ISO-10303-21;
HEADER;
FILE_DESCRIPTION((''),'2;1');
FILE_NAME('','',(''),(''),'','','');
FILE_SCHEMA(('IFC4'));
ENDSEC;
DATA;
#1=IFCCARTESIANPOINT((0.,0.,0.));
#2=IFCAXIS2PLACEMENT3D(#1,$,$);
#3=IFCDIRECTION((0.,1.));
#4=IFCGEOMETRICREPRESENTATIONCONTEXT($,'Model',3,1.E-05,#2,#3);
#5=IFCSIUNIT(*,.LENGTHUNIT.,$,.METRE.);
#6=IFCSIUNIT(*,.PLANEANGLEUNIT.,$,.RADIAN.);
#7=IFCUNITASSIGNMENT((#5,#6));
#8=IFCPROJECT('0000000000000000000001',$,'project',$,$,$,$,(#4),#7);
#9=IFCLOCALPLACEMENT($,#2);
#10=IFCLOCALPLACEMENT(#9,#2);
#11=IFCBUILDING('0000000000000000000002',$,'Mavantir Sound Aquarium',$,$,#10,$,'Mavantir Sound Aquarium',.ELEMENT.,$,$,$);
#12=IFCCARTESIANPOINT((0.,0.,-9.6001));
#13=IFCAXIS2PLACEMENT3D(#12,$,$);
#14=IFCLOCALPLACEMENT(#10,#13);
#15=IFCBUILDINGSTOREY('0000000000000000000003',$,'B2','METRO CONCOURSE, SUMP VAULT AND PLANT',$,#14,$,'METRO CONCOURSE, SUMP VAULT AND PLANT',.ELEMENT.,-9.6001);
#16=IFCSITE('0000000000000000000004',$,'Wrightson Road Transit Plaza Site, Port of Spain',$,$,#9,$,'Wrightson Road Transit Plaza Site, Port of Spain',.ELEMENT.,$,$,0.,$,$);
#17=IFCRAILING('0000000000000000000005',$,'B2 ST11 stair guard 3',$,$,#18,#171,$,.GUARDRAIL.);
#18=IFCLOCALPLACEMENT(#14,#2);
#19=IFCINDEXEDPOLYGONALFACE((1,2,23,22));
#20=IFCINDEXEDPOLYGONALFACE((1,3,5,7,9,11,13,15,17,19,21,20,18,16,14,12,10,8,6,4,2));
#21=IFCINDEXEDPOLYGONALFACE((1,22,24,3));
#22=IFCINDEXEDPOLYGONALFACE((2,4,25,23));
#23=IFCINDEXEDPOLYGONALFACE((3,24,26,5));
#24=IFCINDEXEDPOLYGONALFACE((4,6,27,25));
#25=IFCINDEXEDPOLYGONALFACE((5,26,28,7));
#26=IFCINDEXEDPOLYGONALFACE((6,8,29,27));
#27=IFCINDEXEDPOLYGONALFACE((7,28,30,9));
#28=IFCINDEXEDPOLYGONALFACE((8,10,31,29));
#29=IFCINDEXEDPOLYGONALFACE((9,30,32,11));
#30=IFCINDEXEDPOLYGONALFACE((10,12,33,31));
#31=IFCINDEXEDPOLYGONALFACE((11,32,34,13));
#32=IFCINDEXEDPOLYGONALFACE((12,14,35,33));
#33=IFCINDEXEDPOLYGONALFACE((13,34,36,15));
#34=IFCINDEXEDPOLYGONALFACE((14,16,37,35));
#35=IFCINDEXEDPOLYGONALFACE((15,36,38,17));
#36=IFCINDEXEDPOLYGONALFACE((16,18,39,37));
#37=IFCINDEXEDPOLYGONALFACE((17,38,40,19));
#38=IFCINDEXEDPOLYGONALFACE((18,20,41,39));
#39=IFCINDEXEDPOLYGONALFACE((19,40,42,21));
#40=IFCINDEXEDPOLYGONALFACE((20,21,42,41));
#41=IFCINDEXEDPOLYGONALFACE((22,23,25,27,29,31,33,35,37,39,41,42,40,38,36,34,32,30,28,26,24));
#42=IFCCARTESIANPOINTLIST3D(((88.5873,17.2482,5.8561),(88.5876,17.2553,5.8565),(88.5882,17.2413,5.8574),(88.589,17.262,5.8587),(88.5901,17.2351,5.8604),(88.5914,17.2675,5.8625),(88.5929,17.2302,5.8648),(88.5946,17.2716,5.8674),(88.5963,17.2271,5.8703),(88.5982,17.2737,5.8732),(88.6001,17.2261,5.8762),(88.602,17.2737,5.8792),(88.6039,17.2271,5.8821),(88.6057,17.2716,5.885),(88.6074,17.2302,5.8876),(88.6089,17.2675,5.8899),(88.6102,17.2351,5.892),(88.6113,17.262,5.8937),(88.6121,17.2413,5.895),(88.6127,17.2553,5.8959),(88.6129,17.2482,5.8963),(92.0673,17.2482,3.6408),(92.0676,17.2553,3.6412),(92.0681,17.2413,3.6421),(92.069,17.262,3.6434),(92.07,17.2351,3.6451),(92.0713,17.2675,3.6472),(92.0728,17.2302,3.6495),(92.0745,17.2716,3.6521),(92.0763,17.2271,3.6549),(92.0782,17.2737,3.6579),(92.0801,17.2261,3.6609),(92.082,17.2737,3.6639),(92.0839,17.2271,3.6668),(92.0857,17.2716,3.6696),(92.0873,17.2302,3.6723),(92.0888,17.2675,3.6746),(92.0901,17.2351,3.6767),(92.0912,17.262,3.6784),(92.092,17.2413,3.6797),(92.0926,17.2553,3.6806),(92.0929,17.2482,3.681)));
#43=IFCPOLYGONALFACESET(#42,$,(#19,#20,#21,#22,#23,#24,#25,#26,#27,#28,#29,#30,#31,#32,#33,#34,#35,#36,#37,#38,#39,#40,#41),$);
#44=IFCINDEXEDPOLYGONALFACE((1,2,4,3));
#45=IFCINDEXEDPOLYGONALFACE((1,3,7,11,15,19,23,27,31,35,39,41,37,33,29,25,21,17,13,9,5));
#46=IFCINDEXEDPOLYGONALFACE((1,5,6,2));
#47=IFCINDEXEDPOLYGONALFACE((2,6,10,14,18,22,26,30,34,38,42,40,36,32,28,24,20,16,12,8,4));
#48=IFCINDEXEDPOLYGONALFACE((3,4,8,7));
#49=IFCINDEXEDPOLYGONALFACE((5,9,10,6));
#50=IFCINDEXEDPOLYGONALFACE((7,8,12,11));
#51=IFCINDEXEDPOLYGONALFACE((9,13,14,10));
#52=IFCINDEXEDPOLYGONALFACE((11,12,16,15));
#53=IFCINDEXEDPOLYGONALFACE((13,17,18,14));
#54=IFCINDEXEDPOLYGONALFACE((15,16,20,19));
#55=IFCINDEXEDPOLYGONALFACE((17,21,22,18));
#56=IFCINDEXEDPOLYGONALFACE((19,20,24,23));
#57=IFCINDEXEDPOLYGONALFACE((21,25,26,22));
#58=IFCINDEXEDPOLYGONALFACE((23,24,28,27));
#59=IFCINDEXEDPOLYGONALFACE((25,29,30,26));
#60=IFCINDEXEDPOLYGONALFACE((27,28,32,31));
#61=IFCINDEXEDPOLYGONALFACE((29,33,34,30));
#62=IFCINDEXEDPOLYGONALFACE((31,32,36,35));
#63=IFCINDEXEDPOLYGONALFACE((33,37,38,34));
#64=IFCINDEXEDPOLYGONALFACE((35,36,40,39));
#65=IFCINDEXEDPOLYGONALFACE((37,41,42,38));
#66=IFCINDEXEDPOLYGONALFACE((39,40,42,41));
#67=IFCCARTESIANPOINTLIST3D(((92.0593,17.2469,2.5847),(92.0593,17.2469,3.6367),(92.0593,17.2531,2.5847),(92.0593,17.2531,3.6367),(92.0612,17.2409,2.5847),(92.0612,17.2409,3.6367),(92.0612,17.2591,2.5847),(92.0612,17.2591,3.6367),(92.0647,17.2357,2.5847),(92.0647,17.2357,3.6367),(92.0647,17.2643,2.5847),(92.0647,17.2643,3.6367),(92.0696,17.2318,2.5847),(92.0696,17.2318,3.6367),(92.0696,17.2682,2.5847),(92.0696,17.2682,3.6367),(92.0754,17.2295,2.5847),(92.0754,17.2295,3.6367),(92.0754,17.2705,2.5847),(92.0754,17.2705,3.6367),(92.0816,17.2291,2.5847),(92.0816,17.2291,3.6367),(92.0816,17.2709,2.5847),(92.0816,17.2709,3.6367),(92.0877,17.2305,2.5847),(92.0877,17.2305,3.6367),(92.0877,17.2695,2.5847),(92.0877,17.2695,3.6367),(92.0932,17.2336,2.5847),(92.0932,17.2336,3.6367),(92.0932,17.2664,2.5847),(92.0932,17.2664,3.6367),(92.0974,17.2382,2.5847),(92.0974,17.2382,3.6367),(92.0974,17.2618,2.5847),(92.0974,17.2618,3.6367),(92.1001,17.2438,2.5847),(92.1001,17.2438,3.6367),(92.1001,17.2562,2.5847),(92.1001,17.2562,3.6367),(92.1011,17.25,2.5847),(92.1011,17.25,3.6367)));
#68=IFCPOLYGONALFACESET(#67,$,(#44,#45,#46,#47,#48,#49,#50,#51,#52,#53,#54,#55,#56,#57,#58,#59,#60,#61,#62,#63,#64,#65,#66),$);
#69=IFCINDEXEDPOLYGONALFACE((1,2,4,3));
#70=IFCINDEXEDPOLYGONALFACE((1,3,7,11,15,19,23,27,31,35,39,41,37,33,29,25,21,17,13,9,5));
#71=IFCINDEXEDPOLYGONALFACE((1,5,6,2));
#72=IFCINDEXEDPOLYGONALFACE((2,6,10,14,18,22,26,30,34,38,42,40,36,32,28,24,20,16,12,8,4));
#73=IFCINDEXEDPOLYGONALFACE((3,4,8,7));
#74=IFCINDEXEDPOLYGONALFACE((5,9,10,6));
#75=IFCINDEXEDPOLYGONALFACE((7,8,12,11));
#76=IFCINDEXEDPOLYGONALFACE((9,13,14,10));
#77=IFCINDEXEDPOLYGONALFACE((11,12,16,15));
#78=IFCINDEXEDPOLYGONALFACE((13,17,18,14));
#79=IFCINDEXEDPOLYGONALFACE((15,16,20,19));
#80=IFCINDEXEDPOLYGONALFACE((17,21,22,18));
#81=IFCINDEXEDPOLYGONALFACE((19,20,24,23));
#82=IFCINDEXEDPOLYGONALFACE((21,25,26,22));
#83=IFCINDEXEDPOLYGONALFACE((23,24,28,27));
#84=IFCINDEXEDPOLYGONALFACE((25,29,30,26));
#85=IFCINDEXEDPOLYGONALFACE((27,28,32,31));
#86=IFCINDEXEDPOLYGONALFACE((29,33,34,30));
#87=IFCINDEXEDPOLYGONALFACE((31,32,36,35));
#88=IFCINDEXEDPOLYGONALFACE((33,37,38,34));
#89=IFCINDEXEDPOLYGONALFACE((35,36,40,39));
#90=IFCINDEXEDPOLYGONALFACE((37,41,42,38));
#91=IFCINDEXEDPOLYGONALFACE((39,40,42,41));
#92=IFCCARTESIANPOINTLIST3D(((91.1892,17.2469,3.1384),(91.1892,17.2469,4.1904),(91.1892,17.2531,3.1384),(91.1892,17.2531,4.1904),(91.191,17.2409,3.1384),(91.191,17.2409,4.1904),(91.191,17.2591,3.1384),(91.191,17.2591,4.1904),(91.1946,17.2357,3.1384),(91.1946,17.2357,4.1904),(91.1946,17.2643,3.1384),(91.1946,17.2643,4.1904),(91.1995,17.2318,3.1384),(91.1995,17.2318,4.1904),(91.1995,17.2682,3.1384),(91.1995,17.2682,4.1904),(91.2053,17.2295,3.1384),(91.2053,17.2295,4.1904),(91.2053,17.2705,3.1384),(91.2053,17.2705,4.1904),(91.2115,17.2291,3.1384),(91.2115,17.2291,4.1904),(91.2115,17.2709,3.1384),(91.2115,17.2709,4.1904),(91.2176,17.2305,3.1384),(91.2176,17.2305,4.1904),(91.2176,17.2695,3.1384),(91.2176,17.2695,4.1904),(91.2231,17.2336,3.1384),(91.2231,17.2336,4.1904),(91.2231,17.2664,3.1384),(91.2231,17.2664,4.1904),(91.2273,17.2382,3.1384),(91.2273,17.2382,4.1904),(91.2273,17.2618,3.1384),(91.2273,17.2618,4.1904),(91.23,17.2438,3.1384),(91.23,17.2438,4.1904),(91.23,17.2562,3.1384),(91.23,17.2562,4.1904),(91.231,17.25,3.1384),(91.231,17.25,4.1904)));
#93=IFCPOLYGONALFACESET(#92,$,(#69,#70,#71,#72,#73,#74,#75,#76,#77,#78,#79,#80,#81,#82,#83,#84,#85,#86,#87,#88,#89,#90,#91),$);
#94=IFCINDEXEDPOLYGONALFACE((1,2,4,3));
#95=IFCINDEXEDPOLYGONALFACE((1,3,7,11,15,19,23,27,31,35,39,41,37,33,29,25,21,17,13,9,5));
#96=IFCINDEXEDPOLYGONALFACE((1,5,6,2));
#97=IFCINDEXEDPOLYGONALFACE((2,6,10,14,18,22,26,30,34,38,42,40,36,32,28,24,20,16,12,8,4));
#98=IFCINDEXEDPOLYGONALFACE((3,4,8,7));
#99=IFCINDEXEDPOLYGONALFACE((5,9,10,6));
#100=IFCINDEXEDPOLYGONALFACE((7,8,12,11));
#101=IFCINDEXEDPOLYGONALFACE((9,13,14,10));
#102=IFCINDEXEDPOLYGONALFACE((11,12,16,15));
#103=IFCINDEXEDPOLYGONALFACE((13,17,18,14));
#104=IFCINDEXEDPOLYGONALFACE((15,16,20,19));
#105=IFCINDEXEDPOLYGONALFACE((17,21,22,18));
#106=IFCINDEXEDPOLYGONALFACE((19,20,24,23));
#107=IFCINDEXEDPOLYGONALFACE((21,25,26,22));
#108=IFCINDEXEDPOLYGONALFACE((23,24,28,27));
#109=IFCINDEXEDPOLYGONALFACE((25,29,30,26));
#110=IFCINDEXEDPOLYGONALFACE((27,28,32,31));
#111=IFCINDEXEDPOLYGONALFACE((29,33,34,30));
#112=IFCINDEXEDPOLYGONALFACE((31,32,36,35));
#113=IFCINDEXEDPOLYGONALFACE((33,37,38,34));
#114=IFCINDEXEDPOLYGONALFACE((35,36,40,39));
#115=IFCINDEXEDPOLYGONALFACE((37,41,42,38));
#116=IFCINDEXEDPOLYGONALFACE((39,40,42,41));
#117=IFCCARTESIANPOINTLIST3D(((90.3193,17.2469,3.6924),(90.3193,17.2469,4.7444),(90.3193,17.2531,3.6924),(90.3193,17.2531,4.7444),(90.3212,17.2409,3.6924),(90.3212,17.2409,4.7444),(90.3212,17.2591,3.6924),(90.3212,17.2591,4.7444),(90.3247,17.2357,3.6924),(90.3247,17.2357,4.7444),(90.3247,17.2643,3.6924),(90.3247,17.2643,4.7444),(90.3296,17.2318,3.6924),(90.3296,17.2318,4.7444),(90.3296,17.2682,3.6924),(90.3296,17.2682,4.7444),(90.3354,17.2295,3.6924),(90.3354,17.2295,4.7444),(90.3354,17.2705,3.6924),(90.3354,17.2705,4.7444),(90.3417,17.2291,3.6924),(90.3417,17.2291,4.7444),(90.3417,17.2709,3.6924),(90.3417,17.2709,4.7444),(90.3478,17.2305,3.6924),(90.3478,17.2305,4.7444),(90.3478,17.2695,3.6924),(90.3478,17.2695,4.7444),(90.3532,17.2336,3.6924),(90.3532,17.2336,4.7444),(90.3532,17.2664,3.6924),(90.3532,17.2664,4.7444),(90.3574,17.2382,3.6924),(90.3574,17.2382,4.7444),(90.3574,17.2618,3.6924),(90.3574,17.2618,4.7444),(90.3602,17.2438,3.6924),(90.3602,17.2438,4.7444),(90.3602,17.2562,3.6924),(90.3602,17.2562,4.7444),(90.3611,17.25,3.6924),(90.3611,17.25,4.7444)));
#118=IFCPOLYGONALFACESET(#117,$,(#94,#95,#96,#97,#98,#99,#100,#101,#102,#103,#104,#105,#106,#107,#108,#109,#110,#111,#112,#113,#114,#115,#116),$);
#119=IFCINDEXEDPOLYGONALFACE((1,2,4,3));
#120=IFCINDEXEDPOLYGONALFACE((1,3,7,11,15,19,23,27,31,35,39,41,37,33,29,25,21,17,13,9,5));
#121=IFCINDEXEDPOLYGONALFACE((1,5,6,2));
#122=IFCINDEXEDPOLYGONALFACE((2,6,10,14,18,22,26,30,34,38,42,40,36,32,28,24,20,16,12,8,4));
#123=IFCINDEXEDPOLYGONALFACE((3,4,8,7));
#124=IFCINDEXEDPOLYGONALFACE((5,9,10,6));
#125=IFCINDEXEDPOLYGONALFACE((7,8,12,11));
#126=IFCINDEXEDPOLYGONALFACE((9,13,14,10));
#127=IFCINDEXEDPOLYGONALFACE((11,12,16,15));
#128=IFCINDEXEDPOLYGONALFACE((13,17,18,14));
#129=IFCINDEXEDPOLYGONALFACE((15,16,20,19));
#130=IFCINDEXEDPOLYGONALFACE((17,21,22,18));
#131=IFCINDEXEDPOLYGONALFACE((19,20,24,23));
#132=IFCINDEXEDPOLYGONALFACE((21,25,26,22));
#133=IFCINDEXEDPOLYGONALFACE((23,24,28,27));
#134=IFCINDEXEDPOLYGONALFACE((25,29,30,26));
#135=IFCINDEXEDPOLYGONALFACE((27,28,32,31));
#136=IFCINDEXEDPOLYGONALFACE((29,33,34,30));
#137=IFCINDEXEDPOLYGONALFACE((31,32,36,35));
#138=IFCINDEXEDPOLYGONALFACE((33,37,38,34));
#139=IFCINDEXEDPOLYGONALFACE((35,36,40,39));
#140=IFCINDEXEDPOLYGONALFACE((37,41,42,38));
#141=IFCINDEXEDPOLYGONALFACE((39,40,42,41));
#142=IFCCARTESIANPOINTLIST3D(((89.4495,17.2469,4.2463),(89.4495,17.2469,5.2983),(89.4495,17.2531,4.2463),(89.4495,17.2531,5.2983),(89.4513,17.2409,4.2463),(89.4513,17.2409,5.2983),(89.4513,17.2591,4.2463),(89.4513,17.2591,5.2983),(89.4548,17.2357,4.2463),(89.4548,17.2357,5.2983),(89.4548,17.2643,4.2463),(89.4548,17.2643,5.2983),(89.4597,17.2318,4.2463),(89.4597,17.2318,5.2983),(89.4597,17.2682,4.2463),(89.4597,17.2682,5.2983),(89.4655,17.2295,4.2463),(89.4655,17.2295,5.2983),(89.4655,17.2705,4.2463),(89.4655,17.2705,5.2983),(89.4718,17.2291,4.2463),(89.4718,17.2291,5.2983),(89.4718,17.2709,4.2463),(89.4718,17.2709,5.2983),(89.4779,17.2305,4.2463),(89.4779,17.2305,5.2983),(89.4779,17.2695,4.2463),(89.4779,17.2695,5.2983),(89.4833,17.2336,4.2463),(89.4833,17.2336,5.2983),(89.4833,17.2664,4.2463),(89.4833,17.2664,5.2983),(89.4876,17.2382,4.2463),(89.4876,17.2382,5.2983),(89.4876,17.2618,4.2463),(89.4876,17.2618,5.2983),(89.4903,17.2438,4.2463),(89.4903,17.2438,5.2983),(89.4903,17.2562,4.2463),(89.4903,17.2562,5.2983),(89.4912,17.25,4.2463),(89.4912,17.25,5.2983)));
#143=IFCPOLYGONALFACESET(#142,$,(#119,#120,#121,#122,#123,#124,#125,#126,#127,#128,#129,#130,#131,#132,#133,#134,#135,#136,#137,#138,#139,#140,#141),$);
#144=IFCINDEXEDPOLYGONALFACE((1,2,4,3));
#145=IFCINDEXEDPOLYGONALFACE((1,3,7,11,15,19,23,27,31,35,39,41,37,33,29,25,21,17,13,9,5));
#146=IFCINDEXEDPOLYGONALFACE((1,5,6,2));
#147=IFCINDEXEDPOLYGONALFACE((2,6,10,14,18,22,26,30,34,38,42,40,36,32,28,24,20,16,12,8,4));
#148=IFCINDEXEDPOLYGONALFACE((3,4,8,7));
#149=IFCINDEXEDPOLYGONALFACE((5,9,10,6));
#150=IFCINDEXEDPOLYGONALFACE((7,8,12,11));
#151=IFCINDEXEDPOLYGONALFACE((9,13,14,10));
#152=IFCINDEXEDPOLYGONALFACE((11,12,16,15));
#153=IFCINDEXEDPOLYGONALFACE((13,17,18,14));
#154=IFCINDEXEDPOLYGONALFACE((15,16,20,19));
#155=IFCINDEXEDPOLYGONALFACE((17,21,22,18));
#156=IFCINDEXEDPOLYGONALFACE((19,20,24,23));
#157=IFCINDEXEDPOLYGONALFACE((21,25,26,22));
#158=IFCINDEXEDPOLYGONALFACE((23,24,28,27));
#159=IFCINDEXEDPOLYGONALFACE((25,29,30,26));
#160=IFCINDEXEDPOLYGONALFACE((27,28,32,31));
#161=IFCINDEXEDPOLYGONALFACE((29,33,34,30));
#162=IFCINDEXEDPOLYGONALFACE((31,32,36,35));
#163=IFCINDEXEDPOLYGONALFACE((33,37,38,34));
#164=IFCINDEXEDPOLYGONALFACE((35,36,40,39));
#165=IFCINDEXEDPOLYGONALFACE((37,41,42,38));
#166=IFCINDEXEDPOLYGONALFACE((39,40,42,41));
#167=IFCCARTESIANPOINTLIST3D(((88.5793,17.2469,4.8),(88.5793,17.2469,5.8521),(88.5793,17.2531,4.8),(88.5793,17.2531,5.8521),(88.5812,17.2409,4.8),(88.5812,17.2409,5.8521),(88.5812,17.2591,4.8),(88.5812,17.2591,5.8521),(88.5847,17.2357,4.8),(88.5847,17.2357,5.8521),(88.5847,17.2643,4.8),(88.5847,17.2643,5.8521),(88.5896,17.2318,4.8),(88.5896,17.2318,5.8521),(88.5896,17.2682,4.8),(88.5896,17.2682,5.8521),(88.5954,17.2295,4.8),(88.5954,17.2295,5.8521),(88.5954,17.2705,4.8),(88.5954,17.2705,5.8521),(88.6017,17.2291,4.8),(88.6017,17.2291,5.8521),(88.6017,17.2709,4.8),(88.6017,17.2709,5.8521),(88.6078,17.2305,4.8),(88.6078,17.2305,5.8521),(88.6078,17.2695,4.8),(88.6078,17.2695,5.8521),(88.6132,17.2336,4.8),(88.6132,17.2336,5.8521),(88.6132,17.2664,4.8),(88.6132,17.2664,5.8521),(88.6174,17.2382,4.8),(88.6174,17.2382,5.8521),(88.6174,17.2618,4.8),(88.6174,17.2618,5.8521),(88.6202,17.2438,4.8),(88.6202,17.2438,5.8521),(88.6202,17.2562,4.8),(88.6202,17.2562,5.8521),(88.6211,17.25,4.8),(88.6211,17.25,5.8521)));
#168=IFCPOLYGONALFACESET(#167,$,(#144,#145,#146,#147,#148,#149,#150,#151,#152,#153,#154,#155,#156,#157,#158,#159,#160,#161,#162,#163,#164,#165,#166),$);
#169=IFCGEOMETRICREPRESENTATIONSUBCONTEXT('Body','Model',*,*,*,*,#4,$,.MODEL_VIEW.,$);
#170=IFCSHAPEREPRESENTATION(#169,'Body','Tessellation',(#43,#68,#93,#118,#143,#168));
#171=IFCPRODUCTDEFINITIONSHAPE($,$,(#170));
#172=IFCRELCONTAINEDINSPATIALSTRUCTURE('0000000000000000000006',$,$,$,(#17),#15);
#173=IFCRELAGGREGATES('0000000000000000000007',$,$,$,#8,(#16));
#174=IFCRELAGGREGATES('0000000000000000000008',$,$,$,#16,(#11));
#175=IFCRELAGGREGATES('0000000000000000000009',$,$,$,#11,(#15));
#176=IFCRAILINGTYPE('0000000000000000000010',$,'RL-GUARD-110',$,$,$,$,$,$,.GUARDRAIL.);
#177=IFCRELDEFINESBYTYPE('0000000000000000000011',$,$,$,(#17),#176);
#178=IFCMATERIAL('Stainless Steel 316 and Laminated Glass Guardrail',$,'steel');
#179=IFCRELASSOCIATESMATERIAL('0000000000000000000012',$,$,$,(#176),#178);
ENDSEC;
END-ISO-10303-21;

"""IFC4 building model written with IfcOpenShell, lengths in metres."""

from ifc_helpers import new_model, si_unit, direction, frame, origin, origin_2d, place, context, subcontext, project, spatial, circle, extrude, material, type_object, element, save


model = new_model("IFC4")

# Units and contexts
model_context = context("Model", 3, precision=1e-05, world=origin(), true_north=direction((0.0, 1.0)))
body_context = subcontext(model_context, "Body", "Model", "MODEL_VIEW")
ifc_project = project(units=[si_unit("LENGTHUNIT", "METRE"), si_unit("PLANEANGLEUNIT", "RADIAN")], contexts=[model_context])

# Site, building, storey
site_placement = place(None, origin())
site = spatial("IfcSite", under=ifc_project, at=site_placement, Name="Wrightson Road Transit Plaza Site, Port of Spain", LongName="Wrightson Road Transit Plaza Site, Port of Spain", CompositionType="ELEMENT", RefElevation=0.0)
building_placement = place(site_placement, origin())
building = spatial("IfcBuilding", under=site, at=building_placement, Name="Mavantir Sound Aquarium", LongName="Mavantir Sound Aquarium", CompositionType="ELEMENT")
storey_placement = place(building_placement, frame((0.0, 0.0, -9.6001)))
storey = spatial("IfcBuildingStorey", under=building, at=storey_placement, Name="B2", Description="METRO CONCOURSE, SUMP VAULT AND PLANT", LongName="METRO CONCOURSE, SUMP VAULT AND PLANT", CompositionType="ELEMENT", Elevation=-9.6001)

# Railing
ifc_material_1 = material(Name="Stainless Steel 316 and Laminated Glass Guardrail", Category="steel")
railing_type_1 = type_object("IfcRailingType", Name="RL-GUARD-110", PredefinedType="GUARDRAIL", material=ifc_material_1)
railing_1_placement = place(storey_placement, frame((92.0801, 17.25, 2.5847)))
element("IfcRailing", 1, at=railing_1_placement, inside=storey, type_object=railing_type_1, Name="B2 ST11 stair guard 3", PredefinedType="GUARDRAIL", context=body_context, shape_type="SweptSolid", body=[
    extrude(circle(Radius=0.0239, at=origin_2d()), frame((0.0, 0.0, 1.0762), z_axis=(-0.843574, 0.0, 0.537013), x_axis=(0.0, -1.0, 0.0)), (0.0, 0.0, 1.0), 4.1252),
    extrude(circle(Radius=0.021, at=origin_2d()), origin(), (0.0, 0.0, 1.0), 1.052),
    extrude(circle(Radius=0.021, at=origin_2d()), frame((-0.8701, 0.0, 0.5537)), (0.0, 0.0, 1.0), 1.052),
    extrude(circle(Radius=0.021, at=origin_2d()), frame((-1.74, 0.0, 1.1077)), (0.0, 0.0, 1.0), 1.052),
    extrude(circle(Radius=0.021, at=origin_2d()), frame((-2.6099, 0.0, 1.6616)), (0.0, 0.0, 1.0), 1.052),
    extrude(circle(Radius=0.021, at=origin_2d()), frame((-3.48, 0.0, 2.2153)), (0.0, 0.0, 1.0), 1.052),
])

save(model, "model.ifc")
